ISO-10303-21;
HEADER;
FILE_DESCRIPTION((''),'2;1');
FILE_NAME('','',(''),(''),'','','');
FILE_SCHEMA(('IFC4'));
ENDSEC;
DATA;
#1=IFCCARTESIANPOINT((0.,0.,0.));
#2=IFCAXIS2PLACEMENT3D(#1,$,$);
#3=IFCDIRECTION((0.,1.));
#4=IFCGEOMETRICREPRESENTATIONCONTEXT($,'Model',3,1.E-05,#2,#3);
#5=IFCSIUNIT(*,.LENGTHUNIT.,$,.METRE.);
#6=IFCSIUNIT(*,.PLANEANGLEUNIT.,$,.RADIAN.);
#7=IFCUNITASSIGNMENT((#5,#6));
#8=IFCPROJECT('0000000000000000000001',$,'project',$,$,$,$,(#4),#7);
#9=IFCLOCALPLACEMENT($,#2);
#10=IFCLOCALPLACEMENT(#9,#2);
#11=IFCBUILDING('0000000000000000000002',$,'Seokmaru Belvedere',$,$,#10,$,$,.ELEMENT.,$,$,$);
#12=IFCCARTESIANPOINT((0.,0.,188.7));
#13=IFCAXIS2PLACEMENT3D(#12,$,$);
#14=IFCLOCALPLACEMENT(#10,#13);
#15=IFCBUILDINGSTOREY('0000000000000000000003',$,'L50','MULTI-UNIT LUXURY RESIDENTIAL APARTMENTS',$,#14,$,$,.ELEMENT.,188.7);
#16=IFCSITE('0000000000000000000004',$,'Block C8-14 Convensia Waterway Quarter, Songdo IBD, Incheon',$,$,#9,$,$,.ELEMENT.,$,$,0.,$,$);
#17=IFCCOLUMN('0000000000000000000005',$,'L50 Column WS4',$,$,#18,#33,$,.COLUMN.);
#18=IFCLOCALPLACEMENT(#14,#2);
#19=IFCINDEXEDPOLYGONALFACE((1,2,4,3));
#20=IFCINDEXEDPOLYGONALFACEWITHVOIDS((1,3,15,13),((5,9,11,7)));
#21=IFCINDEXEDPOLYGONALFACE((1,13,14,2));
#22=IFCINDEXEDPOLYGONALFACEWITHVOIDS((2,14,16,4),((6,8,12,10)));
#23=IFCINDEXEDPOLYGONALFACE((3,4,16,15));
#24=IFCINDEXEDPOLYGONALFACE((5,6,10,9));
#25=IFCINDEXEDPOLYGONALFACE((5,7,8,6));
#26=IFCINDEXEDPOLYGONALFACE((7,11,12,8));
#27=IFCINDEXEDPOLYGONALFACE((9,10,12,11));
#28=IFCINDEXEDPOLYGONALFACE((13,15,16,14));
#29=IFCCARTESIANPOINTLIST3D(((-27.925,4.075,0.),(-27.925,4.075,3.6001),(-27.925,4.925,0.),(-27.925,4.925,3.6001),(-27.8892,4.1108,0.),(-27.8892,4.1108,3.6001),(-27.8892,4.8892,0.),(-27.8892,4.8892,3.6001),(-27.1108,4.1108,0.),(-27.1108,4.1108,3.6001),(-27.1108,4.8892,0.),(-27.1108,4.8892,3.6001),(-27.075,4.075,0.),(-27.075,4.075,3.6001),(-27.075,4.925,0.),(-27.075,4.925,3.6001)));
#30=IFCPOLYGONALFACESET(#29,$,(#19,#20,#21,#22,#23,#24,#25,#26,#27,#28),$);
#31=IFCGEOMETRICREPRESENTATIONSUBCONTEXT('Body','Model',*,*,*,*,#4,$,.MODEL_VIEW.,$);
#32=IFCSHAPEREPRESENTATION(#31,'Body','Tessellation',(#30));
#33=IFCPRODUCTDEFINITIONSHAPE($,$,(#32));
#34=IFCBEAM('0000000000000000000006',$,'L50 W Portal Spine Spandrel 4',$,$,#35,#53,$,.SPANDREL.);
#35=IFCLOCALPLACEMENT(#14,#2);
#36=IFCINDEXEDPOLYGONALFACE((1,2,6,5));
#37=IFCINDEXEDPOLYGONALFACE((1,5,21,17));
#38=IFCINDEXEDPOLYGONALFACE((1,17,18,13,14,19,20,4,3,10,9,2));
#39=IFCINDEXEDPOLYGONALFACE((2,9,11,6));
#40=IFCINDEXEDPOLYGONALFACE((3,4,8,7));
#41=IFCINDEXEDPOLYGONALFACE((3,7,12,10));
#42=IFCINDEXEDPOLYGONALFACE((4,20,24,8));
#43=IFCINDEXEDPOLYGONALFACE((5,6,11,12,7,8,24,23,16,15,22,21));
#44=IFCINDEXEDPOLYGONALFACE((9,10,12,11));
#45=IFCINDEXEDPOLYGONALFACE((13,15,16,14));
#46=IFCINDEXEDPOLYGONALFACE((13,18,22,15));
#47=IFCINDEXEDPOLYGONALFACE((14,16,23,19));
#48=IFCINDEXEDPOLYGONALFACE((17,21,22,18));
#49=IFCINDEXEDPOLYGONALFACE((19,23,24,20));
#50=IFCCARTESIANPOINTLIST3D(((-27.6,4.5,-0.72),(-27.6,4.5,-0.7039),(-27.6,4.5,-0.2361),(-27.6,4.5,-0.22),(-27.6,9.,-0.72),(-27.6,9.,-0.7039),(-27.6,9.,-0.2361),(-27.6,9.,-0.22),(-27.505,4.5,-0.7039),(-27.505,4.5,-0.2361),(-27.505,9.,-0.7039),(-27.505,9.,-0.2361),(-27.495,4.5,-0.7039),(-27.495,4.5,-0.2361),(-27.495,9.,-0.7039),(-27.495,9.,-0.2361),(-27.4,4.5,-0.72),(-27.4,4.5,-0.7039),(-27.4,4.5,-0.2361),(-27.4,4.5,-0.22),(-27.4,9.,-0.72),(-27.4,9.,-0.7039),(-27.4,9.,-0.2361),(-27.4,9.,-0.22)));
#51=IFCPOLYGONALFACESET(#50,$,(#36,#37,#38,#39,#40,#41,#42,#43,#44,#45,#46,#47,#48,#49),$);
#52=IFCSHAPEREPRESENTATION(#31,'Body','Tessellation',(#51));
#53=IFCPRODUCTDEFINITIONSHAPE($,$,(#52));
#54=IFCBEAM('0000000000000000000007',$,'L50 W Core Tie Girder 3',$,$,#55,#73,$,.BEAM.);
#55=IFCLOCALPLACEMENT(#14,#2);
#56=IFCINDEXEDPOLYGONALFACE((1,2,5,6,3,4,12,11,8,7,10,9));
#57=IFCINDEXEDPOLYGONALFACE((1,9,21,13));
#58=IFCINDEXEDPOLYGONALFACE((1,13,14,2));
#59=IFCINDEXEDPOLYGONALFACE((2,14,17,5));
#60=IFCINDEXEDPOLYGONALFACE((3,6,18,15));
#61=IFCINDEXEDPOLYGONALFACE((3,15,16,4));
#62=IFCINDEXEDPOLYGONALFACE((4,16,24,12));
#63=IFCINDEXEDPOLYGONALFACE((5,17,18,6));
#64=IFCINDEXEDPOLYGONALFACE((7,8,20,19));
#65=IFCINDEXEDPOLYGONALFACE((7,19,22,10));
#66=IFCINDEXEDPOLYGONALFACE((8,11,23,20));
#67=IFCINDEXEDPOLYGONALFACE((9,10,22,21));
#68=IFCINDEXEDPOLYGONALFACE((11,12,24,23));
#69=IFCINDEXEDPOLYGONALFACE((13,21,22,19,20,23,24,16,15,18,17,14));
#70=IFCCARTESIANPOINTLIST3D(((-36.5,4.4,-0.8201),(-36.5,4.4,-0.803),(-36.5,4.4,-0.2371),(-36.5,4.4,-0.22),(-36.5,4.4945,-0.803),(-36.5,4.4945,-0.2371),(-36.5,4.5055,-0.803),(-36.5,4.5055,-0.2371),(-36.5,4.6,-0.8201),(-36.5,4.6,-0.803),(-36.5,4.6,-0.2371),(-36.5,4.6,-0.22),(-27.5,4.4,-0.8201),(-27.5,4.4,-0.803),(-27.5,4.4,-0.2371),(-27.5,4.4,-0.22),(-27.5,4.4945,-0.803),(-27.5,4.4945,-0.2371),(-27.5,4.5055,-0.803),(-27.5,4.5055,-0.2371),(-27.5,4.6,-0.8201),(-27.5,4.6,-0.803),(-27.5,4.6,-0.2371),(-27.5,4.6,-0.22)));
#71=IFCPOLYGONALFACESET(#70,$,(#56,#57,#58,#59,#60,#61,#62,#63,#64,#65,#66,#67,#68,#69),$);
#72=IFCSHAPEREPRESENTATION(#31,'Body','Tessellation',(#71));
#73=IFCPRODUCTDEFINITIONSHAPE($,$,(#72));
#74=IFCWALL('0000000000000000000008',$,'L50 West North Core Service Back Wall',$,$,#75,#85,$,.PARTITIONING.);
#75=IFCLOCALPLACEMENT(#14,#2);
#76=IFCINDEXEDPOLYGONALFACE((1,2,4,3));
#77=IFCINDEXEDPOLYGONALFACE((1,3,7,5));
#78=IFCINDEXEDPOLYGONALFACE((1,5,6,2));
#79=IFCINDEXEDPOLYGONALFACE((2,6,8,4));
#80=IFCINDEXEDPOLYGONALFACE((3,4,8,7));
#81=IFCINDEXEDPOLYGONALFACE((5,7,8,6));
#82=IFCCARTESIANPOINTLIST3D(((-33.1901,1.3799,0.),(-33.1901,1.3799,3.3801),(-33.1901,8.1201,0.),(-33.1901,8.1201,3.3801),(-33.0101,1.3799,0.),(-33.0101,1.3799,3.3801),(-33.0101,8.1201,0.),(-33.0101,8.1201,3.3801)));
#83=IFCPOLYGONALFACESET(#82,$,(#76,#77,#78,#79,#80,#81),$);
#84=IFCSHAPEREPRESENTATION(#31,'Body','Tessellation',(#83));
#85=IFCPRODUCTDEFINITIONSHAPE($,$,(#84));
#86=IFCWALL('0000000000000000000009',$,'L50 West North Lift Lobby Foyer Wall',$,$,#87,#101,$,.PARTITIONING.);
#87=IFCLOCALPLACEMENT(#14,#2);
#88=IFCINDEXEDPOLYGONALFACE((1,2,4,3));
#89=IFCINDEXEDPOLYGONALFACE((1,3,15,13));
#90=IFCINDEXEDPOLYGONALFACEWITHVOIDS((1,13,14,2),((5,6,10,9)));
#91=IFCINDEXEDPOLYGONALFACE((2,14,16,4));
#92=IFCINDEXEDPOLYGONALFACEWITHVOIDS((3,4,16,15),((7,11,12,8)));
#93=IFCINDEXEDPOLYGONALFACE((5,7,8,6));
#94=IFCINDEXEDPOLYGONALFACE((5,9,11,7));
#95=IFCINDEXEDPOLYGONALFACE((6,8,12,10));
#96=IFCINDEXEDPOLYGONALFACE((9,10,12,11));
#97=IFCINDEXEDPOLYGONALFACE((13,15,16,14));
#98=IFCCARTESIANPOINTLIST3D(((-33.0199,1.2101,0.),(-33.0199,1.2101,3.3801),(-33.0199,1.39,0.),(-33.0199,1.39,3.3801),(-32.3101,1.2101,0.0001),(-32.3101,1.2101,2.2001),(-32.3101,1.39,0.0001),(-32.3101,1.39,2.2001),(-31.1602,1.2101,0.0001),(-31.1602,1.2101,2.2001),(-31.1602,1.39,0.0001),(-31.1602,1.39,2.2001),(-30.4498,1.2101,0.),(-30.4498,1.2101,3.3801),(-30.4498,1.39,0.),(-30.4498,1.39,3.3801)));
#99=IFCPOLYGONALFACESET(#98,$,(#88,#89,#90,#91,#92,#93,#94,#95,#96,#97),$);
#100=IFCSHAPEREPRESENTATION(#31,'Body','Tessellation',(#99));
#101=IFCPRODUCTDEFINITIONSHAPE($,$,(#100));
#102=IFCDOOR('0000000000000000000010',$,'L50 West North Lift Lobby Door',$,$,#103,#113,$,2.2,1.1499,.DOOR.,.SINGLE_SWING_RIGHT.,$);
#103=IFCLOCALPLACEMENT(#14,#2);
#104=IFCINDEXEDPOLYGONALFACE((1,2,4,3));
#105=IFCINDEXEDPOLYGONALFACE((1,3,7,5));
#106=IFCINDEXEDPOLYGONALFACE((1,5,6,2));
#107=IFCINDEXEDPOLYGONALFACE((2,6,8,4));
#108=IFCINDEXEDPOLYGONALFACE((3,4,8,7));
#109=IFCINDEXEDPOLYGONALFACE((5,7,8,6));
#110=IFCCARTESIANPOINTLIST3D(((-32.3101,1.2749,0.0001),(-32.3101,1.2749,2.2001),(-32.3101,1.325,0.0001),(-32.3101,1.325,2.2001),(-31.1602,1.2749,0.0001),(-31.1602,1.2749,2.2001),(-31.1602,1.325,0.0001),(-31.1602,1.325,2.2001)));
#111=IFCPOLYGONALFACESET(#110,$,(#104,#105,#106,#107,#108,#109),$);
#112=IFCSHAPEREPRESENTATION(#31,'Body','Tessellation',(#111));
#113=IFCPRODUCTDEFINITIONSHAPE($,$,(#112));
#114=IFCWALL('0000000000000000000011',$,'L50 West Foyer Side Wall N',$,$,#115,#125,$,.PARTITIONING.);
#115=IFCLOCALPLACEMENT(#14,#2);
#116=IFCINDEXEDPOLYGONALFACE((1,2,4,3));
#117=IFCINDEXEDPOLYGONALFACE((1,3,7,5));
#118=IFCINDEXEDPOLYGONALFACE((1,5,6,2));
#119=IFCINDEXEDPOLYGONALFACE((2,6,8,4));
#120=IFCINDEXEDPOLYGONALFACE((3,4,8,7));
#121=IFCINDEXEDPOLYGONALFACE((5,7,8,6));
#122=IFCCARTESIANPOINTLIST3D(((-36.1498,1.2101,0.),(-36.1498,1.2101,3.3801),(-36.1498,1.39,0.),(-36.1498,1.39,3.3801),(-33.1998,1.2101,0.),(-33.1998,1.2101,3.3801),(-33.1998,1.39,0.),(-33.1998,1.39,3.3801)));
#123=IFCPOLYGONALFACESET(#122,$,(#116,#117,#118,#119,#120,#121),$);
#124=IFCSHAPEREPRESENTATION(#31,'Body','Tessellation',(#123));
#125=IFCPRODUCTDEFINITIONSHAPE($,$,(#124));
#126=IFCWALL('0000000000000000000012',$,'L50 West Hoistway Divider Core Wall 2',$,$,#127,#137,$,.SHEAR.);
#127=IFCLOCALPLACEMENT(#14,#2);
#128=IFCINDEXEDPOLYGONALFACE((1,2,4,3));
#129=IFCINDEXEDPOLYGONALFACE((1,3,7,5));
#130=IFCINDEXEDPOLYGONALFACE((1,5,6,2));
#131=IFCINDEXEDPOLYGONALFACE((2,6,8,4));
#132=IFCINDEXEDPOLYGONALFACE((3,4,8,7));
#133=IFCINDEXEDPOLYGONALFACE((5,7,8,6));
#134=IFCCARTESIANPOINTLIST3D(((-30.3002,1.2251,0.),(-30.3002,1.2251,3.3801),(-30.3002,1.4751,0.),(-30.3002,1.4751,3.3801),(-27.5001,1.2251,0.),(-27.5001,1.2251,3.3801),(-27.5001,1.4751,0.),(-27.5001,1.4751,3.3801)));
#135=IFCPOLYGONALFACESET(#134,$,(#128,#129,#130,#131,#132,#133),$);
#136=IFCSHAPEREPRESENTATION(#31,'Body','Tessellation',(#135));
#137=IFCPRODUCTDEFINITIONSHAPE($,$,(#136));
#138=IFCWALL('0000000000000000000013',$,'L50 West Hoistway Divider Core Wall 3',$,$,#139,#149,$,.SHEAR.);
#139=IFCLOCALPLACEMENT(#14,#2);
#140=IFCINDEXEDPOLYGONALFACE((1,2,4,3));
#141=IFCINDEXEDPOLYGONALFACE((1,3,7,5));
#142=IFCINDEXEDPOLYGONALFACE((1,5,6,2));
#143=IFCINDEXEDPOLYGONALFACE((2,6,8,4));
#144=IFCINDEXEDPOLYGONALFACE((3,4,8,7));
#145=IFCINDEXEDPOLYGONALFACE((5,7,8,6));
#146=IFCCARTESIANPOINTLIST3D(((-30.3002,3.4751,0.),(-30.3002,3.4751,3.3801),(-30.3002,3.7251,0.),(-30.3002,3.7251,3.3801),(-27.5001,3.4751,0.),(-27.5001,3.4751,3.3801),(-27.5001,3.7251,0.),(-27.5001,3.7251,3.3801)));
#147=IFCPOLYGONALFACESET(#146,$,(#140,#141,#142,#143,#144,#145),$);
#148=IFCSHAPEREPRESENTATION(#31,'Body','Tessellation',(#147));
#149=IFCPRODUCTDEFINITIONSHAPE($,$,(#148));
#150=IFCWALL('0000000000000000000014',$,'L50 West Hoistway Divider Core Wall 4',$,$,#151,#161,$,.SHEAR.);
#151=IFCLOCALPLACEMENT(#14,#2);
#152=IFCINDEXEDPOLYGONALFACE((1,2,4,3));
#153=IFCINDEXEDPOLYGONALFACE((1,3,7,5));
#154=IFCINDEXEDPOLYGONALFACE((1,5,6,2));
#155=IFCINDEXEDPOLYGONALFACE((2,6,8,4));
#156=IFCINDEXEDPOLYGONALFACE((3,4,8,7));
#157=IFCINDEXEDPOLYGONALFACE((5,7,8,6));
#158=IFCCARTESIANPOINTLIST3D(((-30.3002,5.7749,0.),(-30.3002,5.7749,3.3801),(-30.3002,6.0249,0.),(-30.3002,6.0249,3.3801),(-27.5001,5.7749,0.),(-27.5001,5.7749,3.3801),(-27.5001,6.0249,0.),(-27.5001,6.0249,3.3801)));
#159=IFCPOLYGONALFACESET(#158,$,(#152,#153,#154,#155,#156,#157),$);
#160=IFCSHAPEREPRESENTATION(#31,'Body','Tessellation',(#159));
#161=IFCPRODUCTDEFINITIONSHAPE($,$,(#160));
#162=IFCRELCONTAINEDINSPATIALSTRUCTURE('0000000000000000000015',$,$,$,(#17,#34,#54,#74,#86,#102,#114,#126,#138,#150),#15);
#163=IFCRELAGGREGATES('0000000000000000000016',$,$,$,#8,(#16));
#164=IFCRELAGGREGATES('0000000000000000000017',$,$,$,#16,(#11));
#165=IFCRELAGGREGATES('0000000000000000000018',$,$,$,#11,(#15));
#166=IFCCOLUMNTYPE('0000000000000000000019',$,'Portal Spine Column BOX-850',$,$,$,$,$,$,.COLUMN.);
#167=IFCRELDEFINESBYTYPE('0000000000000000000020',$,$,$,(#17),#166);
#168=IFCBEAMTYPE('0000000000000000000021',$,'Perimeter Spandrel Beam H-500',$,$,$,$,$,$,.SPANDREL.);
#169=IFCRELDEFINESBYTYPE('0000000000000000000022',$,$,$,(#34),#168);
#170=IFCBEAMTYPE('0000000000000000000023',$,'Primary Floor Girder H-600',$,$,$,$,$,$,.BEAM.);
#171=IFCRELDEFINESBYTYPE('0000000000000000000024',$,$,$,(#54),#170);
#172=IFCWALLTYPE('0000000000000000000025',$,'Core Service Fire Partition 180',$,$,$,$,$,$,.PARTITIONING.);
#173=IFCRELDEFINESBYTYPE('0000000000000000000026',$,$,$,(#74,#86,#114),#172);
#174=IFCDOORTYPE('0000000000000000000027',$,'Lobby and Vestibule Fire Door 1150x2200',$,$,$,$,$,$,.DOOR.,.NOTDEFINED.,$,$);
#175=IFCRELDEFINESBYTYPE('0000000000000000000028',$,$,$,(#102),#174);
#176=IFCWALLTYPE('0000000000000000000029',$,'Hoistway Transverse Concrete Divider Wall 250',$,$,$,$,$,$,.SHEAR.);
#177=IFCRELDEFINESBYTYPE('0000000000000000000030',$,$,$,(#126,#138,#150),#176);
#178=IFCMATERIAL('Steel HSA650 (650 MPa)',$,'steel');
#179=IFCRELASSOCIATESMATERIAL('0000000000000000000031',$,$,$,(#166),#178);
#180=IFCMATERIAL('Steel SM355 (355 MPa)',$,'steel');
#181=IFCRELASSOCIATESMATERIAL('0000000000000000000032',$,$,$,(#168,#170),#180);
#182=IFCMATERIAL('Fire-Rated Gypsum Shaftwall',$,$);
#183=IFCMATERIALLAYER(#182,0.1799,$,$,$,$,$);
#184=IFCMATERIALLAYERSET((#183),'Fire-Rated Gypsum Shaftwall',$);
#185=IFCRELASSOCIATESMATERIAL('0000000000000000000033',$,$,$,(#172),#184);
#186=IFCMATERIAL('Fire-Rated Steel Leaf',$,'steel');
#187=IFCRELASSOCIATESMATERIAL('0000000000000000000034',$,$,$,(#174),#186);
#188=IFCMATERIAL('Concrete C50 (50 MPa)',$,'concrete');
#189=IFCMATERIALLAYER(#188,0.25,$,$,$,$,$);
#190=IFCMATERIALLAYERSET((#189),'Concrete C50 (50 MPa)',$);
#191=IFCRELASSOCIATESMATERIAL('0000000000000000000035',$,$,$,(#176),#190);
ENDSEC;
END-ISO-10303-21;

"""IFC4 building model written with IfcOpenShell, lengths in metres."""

from ifc_helpers import new_model, si_unit, direction, frame, frame_2d, origin, origin_2d, place, context, subcontext, project, spatial, rectangle, hollow_rectangle, i_section, extrude, source, transform, mapped, material, layer, layer_set, material_profile, profile_set, type_object, type_shapes, element, fill, save


model = new_model("IFC4")

# Units and contexts
model_context = context("Model", 3, precision=1e-05, world=origin(), true_north=direction((0.0, 1.0)))
body_context = subcontext(model_context, "Body", "Model", "MODEL_VIEW")
ifc_project = project(units=[si_unit("LENGTHUNIT", "METRE"), si_unit("PLANEANGLEUNIT", "RADIAN")], contexts=[model_context])

# Site, building, storey
site_placement = place(None, origin())
site = spatial("IfcSite", under=ifc_project, at=site_placement, Name="Block C8-14 Convensia Waterway Quarter, Songdo IBD, Incheon", CompositionType="ELEMENT", RefElevation=0.0)
building_placement = place(site_placement, origin())
building = spatial("IfcBuilding", under=site, at=building_placement, Name="Seokmaru Belvedere", CompositionType="ELEMENT")
storey_placement = place(building_placement, frame((0.0, 0.0, 188.7)))
storey = spatial("IfcBuildingStorey", under=building, at=storey_placement, Name="L50", Description="MULTI-UNIT LUXURY RESIDENTIAL APARTMENTS", CompositionType="ELEMENT", Elevation=188.7)

# Column
ifc_material_1 = material(Name="Steel HSA650 (650 MPa)", Category="steel")
ifc_material_profile_1 = material_profile(ifc_material_1, hollow_rectangle(XDim=0.8501, YDim=0.8501, WallThickness=0.0359, at=origin_2d()), Name="BOX-850x850x36")
ifc_profile_set_1 = profile_set([ifc_material_profile_1], Name="Steel HSA650 (650 MPa)")
column_type = type_object("IfcColumnType", Name="Portal Spine Column BOX-850", PredefinedType="COLUMN", material=ifc_profile_set_1)
shared_shape_1 = source(origin(), body_context, "Body", "SweptSolid", [
    extrude(hollow_rectangle(XDim=0.8501, YDim=0.8501, WallThickness=0.0359, at=origin_2d()), origin(), (0.0, 0.0, 1.0), 3.6001),
])
type_shapes(column_type, [shared_shape_1])
column_placement = place(storey_placement, frame((-27.5, 4.5, 0.0), z_axis=(0.0, 0.0, 1.0), x_axis=(1.0, 0.0, 0.0)))
element("IfcColumn", 1, at=column_placement, inside=storey, type_object=column_type, Name="L50 Column WS4", PredefinedType="COLUMN", context=body_context, shape_type="MappedRepresentation", body=[
    mapped(shared_shape_1, transform((0.0, 0.0, 0.0), scale=1.0)),
])

# Beams
ifc_material_2 = material(Name="Steel SM355 (355 MPa)", Category="steel")
ifc_material_profile_2 = material_profile(ifc_material_2, i_section(OverallWidth=0.2, OverallDepth=0.5, WebThickness=0.01, FlangeThickness=0.0161, at=origin_2d()), Name="H-500x200x10x16")
ifc_profile_set_2 = profile_set([ifc_material_profile_2], Name="Steel SM355 (355 MPa)")
beam_type_1 = type_object("IfcBeamType", Name="Perimeter Spandrel Beam H-500", PredefinedType="SPANDREL", material=ifc_profile_set_2)
shared_shape_2 = source(origin(), body_context, "Body", "SweptSolid", [
    extrude(i_section(OverallWidth=0.2, OverallDepth=0.5, WebThickness=0.01, FlangeThickness=0.0161, at=origin_2d()), origin(), (0.0, 0.0, 1.0), 4.5),
])
type_shapes(beam_type_1, [shared_shape_2])
beam_1_placement = place(storey_placement, frame((-27.5, 4.5, -0.47), z_axis=(0.0, 1.0, 0.0), x_axis=(-1.0, 0.0, 0.0)))
element("IfcBeam", 2, at=beam_1_placement, inside=storey, type_object=beam_type_1, Name="L50 W Portal Spine Spandrel 4", PredefinedType="SPANDREL", context=body_context, shape_type="MappedRepresentation", body=[
    mapped(shared_shape_2, transform((0.0, 0.0, 0.0), scale=1.0)),
])
ifc_material_profile_3 = material_profile(ifc_material_2, i_section(OverallWidth=0.2, OverallDepth=0.6001, WebThickness=0.011, FlangeThickness=0.0171, at=origin_2d()), Name="H-600x200x11x17")
ifc_profile_set_3 = profile_set([ifc_material_profile_3], Name="Steel SM355 (355 MPa)")
beam_type_2 = type_object("IfcBeamType", Name="Primary Floor Girder H-600", PredefinedType="BEAM", material=ifc_profile_set_3)
shared_shape_3 = source(origin(), body_context, "Body", "SweptSolid", [
    extrude(i_section(OverallWidth=0.2, OverallDepth=0.6001, WebThickness=0.011, FlangeThickness=0.0171, at=origin_2d()), origin(), (0.0, 0.0, 1.0), 9.0),
])
type_shapes(beam_type_2, [shared_shape_3])
beam_2_placement = place(storey_placement, frame((-36.5, 4.5, -0.52), z_axis=(1.0, 0.0, 0.0), x_axis=(0.0, 1.0, 0.0)))
element("IfcBeam", 3, at=beam_2_placement, inside=storey, type_object=beam_type_2, Name="L50 W Core Tie Girder 3", PredefinedType="BEAM", context=body_context, shape_type="MappedRepresentation", body=[
    mapped(shared_shape_3, transform((0.0, 0.0, 0.0), scale=1.0)),
])

# Wall
ifc_material_3 = material(Name="Fire-Rated Gypsum Shaftwall")
ifc_layer_1 = layer(ifc_material_3, 0.1799)
ifc_layer_set_1 = layer_set([ifc_layer_1], Name="Fire-Rated Gypsum Shaftwall")
wall_type_1 = type_object("IfcWallType", Name="Core Service Fire Partition 180", PredefinedType="PARTITIONING", material=ifc_layer_set_1)
wall_1_placement = place(storey_placement, frame((-33.1001, 1.3799, 0.0), z_axis=(0.0, 0.0, 1.0), x_axis=(0.0, 1.0, 0.0)))
element("IfcWall", 4, at=wall_1_placement, inside=storey, type_object=wall_type_1, Name="L50 West North Core Service Back Wall", PredefinedType="PARTITIONING", context=body_context, shape_type="SweptSolid", body=[
    extrude(rectangle(XDim=6.7402, YDim=0.1799, at=frame_2d((3.3701, 0.0))), origin(), (0.0, 0.0, 1.0), 3.3801),
])

# Wall, opening, door
wall_2_placement = place(storey_placement, frame((-33.02, 1.3, 0.0), z_axis=(0.0, 0.0, 1.0), x_axis=(1.0, 0.0, 0.0)))
wall_2 = element("IfcWall", 5, at=wall_2_placement, inside=storey, type_object=wall_type_1, Name="L50 West North Lift Lobby Foyer Wall", PredefinedType="PARTITIONING", context=body_context, shape_type="SweptSolid", body=[
    extrude(rectangle(XDim=2.5701, YDim=0.1799, at=frame_2d((1.2852, 0.0))), origin(), (0.0, 0.0, 1.0), 3.3801),
])
opening_1_placement = place(wall_2_placement, frame((0.71, 0.0, 0.0)))
opening_1 = element("IfcOpeningElement", 6, at=opening_1_placement, cuts=wall_2, PredefinedType="OPENING", context=body_context, shape_type="SweptSolid", body=[
    extrude(rectangle(XDim=1.1499, YDim=2.2, at=frame_2d((0.575, 1.1001))), frame((0.0, 0.1001, 0.0), z_axis=(0.0, -1.0, 0.0), x_axis=(1.0, 0.0, 0.0)), (0.0, 0.0, 1.0), 0.2),
])
ifc_material_4 = material(Name="Fire-Rated Steel Leaf", Category="steel")
door_type_1 = type_object("IfcDoorType", Name="Lobby and Vestibule Fire Door 1150x2200", OperationType="NOTDEFINED", PredefinedType="DOOR", material=ifc_material_4)
shared_shape_4 = source(origin(), body_context, "Body", "SweptSolid", [
    extrude(rectangle(XDim=1.1499, YDim=2.2, at=frame_2d((0.575, 1.1001))), frame((0.0, 0.0249, 0.0), z_axis=(0.0, -1.0, 0.0), x_axis=(1.0, 0.0, 0.0)), (0.0, 0.0, 1.0), 0.05),
])
type_shapes(door_type_1, [shared_shape_4])
door_1_placement = place(opening_1_placement, origin())
door_1 = element("IfcDoor", 7, at=door_1_placement, inside=storey, type_object=door_type_1, Name="L50 West North Lift Lobby Door", OperationType="SINGLE_SWING_RIGHT", OverallHeight=2.2, OverallWidth=1.1499, PredefinedType="DOOR", context=body_context, shape_type="MappedRepresentation", body=[
    mapped(shared_shape_4, transform((0.0, 0.0, 0.0), scale=1.0)),
])
fill(opening_1, door_1)

# Walls
wall_3_placement = place(storey_placement, frame((-36.1499, 1.3, 0.0), z_axis=(0.0, 0.0, 1.0), x_axis=(1.0, 0.0, 0.0)))
element("IfcWall", 8, at=wall_3_placement, inside=storey, type_object=wall_type_1, Name="L50 West Foyer Side Wall N", PredefinedType="PARTITIONING", context=body_context, shape_type="SweptSolid", body=[
    extrude(rectangle(XDim=2.95, YDim=0.1799, at=frame_2d((1.4751, 0.0))), origin(), (0.0, 0.0, 1.0), 3.3801),
])
ifc_material_5 = material(Name="Concrete C50 (50 MPa)", Category="concrete")
ifc_layer_2 = layer(ifc_material_5, 0.25)
ifc_layer_set_2 = layer_set([ifc_layer_2], Name="Concrete C50 (50 MPa)")
wall_type_2 = type_object("IfcWallType", Name="Hoistway Transverse Concrete Divider Wall 250", PredefinedType="SHEAR", material=ifc_layer_set_2)
for number, where, z_axis, x_axis, name in (
    (9, (-30.3, 1.3501, 0.0), (0.0, 0.0, 1.0), (1.0, 0.0, 0.0), "L50 West Hoistway Divider Core Wall 2"),
    (10, (-30.3, 3.6001, 0.0), (0.0, 0.0, 1.0), (1.0, 0.0, 0.0), "L50 West Hoistway Divider Core Wall 3"),
    (11, (-30.3, 5.8999, 0.0), (0.0, 0.0, 1.0), (1.0, 0.0, 0.0), "L50 West Hoistway Divider Core Wall 4"),
):
    element("IfcWall", number, at=place(storey_placement, frame(where, z_axis=z_axis, x_axis=x_axis)), inside=storey, type_object=wall_type_2, Name=name, PredefinedType="SHEAR", context=body_context, shape_type="SweptSolid", body=[
        extrude(rectangle(XDim=2.8, YDim=0.25, at=frame_2d((1.3999, 0.0))), origin(), (0.0, 0.0, 1.0), 3.3801),
    ])

save(model, "model.ifc")
